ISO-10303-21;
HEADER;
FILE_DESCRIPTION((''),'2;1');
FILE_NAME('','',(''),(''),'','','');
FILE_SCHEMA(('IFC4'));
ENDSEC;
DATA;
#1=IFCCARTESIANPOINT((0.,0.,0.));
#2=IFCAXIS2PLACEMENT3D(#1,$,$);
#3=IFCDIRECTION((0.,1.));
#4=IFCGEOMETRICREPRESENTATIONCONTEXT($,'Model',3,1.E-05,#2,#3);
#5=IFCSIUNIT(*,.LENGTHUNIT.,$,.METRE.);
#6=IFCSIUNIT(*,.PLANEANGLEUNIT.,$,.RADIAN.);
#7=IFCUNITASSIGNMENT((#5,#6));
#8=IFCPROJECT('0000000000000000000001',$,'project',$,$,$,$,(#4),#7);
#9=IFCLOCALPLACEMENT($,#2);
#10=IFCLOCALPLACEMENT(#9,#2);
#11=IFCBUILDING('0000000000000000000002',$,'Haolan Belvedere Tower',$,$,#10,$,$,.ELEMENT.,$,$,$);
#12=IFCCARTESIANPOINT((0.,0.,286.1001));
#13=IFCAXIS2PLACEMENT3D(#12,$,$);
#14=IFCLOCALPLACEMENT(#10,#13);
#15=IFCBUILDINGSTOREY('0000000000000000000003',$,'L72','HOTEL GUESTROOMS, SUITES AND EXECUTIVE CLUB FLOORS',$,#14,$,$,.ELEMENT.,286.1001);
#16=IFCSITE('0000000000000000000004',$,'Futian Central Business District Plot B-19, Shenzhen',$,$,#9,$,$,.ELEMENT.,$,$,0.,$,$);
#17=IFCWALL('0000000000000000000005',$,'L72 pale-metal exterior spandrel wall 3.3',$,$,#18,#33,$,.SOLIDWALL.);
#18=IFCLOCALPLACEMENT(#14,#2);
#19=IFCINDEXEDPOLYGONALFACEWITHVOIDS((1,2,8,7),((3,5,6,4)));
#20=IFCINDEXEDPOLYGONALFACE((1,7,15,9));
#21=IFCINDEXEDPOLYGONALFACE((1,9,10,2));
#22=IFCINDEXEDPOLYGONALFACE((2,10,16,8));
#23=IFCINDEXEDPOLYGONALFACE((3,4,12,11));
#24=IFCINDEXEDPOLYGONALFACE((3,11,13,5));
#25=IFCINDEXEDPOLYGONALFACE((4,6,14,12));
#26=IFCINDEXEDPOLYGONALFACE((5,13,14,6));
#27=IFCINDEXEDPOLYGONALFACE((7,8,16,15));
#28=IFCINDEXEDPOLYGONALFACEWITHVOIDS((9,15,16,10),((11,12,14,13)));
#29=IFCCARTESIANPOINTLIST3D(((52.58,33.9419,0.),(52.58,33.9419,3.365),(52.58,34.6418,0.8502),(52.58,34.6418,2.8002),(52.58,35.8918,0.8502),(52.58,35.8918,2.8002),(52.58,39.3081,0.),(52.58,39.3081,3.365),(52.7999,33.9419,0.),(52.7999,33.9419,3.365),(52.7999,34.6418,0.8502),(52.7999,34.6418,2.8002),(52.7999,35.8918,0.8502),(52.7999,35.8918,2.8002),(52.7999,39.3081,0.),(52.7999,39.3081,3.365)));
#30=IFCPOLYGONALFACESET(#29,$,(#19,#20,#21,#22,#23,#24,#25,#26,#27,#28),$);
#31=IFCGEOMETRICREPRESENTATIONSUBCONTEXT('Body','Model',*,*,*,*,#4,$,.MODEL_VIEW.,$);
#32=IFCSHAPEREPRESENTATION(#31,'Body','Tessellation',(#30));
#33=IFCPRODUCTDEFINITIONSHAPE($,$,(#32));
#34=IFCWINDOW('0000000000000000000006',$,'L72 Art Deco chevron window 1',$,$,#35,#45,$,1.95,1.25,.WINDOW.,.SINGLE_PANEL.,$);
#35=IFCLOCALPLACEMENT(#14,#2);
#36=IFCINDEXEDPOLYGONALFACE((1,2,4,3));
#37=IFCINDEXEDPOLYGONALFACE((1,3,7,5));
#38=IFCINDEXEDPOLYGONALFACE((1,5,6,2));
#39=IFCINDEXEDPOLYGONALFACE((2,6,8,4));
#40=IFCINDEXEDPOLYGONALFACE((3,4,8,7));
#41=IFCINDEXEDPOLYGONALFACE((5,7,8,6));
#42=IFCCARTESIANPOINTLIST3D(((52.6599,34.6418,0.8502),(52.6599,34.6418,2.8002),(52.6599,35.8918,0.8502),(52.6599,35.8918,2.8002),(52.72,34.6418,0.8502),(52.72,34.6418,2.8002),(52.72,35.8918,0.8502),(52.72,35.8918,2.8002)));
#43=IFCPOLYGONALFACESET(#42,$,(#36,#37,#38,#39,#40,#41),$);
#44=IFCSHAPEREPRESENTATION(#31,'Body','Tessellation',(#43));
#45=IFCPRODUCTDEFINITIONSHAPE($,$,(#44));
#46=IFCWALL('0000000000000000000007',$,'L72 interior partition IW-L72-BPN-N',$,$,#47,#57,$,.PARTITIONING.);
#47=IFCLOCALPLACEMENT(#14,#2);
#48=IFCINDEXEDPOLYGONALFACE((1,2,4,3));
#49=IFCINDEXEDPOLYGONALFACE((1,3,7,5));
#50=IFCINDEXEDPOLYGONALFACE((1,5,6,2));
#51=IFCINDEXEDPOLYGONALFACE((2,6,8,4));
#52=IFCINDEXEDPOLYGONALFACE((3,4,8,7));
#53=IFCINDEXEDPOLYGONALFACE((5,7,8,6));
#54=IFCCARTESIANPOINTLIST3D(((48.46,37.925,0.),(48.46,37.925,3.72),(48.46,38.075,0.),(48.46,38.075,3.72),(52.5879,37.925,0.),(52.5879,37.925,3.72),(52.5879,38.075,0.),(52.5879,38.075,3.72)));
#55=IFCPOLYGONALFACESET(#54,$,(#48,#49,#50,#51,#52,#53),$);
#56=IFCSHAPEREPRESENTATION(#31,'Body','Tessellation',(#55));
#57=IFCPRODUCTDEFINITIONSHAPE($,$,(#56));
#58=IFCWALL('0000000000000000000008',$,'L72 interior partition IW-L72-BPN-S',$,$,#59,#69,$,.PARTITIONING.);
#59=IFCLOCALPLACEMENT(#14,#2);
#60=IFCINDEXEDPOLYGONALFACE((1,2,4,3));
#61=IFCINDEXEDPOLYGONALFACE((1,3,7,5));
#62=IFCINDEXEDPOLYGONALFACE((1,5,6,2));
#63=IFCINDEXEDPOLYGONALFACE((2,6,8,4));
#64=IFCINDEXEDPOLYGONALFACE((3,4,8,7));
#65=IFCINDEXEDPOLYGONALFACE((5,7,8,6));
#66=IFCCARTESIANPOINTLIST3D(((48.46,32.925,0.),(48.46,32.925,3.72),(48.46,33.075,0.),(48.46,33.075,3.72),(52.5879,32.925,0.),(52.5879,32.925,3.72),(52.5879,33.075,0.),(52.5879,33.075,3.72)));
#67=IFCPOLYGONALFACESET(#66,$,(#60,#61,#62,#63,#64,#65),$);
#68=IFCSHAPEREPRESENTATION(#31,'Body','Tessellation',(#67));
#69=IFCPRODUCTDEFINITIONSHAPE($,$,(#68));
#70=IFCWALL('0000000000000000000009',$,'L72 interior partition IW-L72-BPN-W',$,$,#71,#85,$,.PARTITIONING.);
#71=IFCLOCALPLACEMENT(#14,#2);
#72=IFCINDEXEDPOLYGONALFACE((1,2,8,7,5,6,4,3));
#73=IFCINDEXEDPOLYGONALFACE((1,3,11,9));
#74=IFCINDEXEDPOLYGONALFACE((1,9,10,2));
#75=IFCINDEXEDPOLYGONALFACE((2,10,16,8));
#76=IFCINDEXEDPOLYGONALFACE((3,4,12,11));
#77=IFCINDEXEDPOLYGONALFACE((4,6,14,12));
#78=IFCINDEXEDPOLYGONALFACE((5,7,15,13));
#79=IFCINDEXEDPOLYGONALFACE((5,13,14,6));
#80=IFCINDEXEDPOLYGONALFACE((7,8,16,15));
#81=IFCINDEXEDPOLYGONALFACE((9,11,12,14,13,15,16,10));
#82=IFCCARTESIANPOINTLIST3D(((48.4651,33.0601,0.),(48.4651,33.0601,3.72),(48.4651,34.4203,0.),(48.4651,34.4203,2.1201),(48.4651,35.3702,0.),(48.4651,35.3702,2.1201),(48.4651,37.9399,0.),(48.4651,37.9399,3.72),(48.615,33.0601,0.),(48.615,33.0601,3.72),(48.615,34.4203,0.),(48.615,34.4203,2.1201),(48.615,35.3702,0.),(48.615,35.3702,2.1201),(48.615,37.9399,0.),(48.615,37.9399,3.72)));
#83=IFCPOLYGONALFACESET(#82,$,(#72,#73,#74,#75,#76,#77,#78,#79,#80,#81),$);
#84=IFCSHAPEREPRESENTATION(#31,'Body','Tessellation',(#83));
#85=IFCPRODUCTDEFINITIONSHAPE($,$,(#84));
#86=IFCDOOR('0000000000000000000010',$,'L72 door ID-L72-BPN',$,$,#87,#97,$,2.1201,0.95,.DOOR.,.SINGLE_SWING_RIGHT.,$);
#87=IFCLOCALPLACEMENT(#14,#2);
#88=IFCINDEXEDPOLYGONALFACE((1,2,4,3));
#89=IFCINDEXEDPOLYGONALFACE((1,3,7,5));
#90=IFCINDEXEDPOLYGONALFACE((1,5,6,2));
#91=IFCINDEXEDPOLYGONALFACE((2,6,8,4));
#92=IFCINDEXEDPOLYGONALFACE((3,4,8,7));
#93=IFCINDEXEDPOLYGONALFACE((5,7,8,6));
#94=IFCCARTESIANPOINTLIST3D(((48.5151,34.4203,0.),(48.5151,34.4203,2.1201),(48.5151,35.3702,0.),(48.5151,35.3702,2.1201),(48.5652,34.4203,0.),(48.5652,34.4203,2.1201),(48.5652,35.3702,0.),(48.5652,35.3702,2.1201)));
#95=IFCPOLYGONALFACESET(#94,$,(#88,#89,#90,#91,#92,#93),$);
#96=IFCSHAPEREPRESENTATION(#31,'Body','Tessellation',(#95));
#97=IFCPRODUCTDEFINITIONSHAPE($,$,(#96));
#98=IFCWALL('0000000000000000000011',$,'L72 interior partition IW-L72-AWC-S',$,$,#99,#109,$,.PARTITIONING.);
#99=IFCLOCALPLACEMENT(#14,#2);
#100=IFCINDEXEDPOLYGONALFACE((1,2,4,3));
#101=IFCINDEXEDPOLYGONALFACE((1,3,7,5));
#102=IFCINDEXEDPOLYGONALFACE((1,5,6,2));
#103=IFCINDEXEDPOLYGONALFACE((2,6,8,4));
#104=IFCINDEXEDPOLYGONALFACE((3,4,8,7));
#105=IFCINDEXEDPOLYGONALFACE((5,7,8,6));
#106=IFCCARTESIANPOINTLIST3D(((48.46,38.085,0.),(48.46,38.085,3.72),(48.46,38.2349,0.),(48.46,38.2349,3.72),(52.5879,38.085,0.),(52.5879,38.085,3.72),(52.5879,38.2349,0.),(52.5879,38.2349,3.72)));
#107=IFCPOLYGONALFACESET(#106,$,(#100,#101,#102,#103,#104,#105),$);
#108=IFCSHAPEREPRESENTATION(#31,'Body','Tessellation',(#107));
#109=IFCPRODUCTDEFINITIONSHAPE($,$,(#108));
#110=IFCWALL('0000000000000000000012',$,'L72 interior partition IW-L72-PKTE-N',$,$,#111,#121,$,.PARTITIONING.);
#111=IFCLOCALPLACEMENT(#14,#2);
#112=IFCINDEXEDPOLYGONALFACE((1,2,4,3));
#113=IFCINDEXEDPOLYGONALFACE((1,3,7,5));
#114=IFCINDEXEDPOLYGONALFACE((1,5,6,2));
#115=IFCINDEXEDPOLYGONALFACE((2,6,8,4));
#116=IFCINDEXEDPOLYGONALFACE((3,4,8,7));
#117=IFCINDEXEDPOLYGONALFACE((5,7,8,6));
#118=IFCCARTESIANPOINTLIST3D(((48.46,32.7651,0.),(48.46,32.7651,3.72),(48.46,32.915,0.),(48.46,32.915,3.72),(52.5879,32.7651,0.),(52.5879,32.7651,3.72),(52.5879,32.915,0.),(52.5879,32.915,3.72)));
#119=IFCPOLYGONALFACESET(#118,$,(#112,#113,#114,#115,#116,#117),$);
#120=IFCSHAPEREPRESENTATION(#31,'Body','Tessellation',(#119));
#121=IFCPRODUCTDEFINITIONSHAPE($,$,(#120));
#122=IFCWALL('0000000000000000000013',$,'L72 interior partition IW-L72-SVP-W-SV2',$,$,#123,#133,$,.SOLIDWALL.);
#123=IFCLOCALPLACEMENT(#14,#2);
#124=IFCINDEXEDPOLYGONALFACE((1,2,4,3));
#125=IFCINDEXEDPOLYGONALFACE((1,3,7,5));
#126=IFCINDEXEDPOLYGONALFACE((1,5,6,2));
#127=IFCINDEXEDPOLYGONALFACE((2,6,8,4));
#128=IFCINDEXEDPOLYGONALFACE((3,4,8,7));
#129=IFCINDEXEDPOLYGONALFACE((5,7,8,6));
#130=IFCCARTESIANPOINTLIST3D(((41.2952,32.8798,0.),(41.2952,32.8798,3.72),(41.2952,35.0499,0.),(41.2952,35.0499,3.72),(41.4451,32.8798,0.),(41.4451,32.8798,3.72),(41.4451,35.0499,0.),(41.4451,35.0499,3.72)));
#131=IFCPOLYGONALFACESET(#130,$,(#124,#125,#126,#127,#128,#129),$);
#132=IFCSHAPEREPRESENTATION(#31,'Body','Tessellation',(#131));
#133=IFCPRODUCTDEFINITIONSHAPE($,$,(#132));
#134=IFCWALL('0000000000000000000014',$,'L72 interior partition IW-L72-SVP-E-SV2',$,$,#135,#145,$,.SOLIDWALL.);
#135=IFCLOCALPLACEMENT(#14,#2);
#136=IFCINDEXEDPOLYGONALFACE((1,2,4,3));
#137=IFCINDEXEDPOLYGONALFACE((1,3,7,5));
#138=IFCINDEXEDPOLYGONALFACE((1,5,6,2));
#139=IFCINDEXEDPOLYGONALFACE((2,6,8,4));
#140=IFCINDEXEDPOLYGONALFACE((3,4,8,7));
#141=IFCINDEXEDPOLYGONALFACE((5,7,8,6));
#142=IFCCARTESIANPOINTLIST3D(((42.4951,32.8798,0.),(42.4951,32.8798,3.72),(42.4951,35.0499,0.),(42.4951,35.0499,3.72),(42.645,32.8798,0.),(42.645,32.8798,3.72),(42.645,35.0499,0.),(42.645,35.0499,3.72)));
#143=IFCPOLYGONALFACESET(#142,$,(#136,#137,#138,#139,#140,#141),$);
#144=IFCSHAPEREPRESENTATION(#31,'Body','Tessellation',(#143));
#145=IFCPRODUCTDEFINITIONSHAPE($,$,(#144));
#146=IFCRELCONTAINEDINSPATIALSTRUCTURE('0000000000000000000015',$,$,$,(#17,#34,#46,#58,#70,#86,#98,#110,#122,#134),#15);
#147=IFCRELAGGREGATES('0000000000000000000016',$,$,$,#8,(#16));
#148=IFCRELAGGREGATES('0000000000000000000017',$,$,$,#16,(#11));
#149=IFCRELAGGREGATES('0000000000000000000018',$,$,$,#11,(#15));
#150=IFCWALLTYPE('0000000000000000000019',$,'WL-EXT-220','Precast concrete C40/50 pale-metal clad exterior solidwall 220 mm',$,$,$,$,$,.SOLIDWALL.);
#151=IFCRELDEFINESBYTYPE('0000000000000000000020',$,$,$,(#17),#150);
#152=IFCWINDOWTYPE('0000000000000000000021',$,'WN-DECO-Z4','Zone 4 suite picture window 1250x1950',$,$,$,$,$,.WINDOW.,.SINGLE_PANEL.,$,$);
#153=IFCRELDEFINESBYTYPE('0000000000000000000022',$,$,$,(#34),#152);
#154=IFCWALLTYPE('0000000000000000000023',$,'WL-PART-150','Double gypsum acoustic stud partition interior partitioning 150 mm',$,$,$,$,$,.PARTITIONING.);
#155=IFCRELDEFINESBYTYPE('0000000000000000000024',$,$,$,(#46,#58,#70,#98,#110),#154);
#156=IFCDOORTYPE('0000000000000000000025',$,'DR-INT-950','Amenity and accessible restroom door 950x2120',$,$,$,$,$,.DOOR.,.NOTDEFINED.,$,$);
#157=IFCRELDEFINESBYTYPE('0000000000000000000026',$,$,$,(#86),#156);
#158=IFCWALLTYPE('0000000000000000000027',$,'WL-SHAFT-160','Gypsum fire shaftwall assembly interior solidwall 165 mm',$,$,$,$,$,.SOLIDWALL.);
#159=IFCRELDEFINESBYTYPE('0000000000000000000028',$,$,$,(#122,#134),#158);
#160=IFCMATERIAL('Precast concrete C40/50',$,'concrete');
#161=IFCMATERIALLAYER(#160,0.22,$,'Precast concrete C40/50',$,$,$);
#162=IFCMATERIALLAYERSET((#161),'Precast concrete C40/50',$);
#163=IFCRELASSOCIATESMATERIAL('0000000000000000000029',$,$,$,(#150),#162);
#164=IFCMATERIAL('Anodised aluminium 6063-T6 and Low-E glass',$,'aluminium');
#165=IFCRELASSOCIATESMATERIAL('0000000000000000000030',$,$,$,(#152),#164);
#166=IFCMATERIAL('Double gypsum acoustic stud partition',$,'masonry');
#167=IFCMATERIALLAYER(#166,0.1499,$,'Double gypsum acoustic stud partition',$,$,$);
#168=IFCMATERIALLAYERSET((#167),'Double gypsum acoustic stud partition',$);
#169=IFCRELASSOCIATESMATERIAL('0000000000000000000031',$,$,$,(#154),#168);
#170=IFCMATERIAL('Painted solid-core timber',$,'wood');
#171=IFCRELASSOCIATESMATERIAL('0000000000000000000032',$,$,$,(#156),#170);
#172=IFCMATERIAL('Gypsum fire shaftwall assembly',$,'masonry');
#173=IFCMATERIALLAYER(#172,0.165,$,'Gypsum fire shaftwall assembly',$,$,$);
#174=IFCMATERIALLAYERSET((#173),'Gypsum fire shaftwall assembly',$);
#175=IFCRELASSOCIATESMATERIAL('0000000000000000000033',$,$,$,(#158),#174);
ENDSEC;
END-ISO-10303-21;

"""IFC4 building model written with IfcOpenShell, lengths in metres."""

from ifc_helpers import new_model, si_unit, direction, frame, frame_2d, origin, place, context, subcontext, project, spatial, rectangle, extrude, material, layer, layer_set, type_object, element, fill, save


model = new_model("IFC4")

# Units and contexts
model_context = context("Model", 3, precision=1e-05, world=origin(), true_north=direction((0.0, 1.0)))
body_context = subcontext(model_context, "Body", "Model", "MODEL_VIEW")
ifc_project = project(units=[si_unit("LENGTHUNIT", "METRE"), si_unit("PLANEANGLEUNIT", "RADIAN")], contexts=[model_context])

# Site, building, storey
site_placement = place(None, origin())
site = spatial("IfcSite", under=ifc_project, at=site_placement, Name="Futian Central Business District Plot B-19, Shenzhen", CompositionType="ELEMENT", RefElevation=0.0)
building_placement = place(site_placement, origin())
building = spatial("IfcBuilding", under=site, at=building_placement, Name="Haolan Belvedere Tower", CompositionType="ELEMENT")
storey_placement = place(building_placement, frame((0.0, 0.0, 286.1001)))
storey = spatial("IfcBuildingStorey", under=building, at=storey_placement, Name="L72", Description="HOTEL GUESTROOMS, SUITES AND EXECUTIVE CLUB FLOORS", CompositionType="ELEMENT", Elevation=286.1001)

# Wall, opening, window
ifc_material_1 = material(Name="Precast concrete C40/50", Category="concrete")
ifc_layer_1 = layer(ifc_material_1, 0.22, Name="Precast concrete C40/50")
ifc_layer_set_1 = layer_set([ifc_layer_1], Name="Precast concrete C40/50")
wall_type_1 = type_object("IfcWallType", Name="WL-EXT-220", Description="Precast concrete C40/50 pale-metal clad exterior solidwall 220 mm", PredefinedType="SOLIDWALL", material=ifc_layer_set_1)
wall_1_placement = place(storey_placement, frame((52.6899, 33.9419, 0.0), z_axis=(0.0, 0.0, 1.0), x_axis=(0.0, 1.0, 0.0)))
wall_1 = element("IfcWall", 1, at=wall_1_placement, inside=storey, type_object=wall_type_1, Name="L72 pale-metal exterior spandrel wall 3.3", PredefinedType="SOLIDWALL", context=body_context, shape_type="SweptSolid", body=[
    extrude(rectangle(XDim=5.3662, YDim=0.22, at=frame_2d((2.6831, 0.0))), origin(), (0.0, 0.0, 1.0), 3.365),
])
opening_1_placement = place(wall_1_placement, frame((0.7, 0.0, 0.8501)))
opening_1 = element("IfcOpeningElement", 2, at=opening_1_placement, cuts=wall_1, PredefinedType="OPENING", context=body_context, shape_type="SweptSolid", body=[
    extrude(rectangle(XDim=1.25, YDim=1.95, at=frame_2d((0.625, 0.9751))), frame((0.0, 0.1199, 0.0), z_axis=(0.0, -1.0, 0.0), x_axis=(1.0, 0.0, 0.0)), (0.0, 0.0, 1.0), 0.24),
])
ifc_material_2 = material(Name="Anodised aluminium 6063-T6 and Low-E glass", Category="aluminium")
window_type = type_object("IfcWindowType", Name="WN-DECO-Z4", Description="Zone 4 suite picture window 1250x1950", PartitioningType="SINGLE_PANEL", PredefinedType="WINDOW", material=ifc_material_2)
window_placement = place(opening_1_placement, origin())
window = element("IfcWindow", 3, at=window_placement, inside=storey, type_object=window_type, Name="L72 Art Deco chevron window 1", OverallHeight=1.95, OverallWidth=1.25, PartitioningType="SINGLE_PANEL", PredefinedType="WINDOW", context=body_context, shape_type="SweptSolid", body=[
    extrude(rectangle(XDim=1.25, YDim=1.95, at=frame_2d((0.625, 0.9751))), frame((0.0, 0.03, 0.0), z_axis=(0.0, -1.0, 0.0), x_axis=(1.0, 0.0, 0.0)), (0.0, 0.0, 1.0), 0.0601),
])
fill(opening_1, window)

# Walls
ifc_material_3 = material(Name="Double gypsum acoustic stud partition", Category="masonry")
ifc_layer_2 = layer(ifc_material_3, 0.1499, Name="Double gypsum acoustic stud partition")
ifc_layer_set_2 = layer_set([ifc_layer_2], Name="Double gypsum acoustic stud partition")
wall_type_2 = type_object("IfcWallType", Name="WL-PART-150", Description="Double gypsum acoustic stud partition interior partitioning 150 mm", PredefinedType="PARTITIONING", material=ifc_layer_set_2)
for number, where, z_axis, x_axis, name in (
    (4, (48.46, 38.0, 0.0), (0.0, 0.0, 1.0), (1.0, 0.0, 0.0), "L72 interior partition IW-L72-BPN-N"),
    (5, (48.46, 33.0, 0.0), (0.0, 0.0, 1.0), (1.0, 0.0, 0.0), "L72 interior partition IW-L72-BPN-S"),
):
    element("IfcWall", number, at=place(storey_placement, frame(where, z_axis=z_axis, x_axis=x_axis)), inside=storey, type_object=wall_type_2, Name=name, PredefinedType="PARTITIONING", context=body_context, shape_type="SweptSolid", body=[
        extrude(rectangle(XDim=4.1279, YDim=0.1499, at=frame_2d((2.064, 0.0))), origin(), (0.0, 0.0, 1.0), 3.72),
    ])

# Wall, opening, door
wall_2_placement = place(storey_placement, frame((48.54, 33.0601, 0.0), z_axis=(0.0, 0.0, 1.0), x_axis=(0.0, 1.0, 0.0)))
wall_2 = element("IfcWall", 6, at=wall_2_placement, inside=storey, type_object=wall_type_2, Name="L72 interior partition IW-L72-BPN-W", PredefinedType="PARTITIONING", context=body_context, shape_type="SweptSolid", body=[
    extrude(rectangle(XDim=4.8799, YDim=0.1499, at=frame_2d((2.4399, 0.0))), origin(), (0.0, 0.0, 1.0), 3.72),
])
opening_2_placement = place(wall_2_placement, frame((1.3601, 0.0, 0.0)))
opening_2 = element("IfcOpeningElement", 7, at=opening_2_placement, cuts=wall_2, PredefinedType="OPENING", context=body_context, shape_type="SweptSolid", body=[
    extrude(rectangle(XDim=0.95, YDim=2.1201, at=frame_2d((0.4751, 1.0601))), frame((0.0, 0.085, 0.0), z_axis=(0.0, -1.0, 0.0), x_axis=(1.0, 0.0, 0.0)), (0.0, 0.0, 1.0), 0.1699),
])
ifc_material_4 = material(Name="Painted solid-core timber", Category="wood")
door_type_1 = type_object("IfcDoorType", Name="DR-INT-950", Description="Amenity and accessible restroom door 950x2120", OperationType="NOTDEFINED", PredefinedType="DOOR", material=ifc_material_4)
door_1_placement = place(opening_2_placement, origin())
door_1 = element("IfcDoor", 8, at=door_1_placement, inside=storey, type_object=door_type_1, Name="L72 door ID-L72-BPN", OperationType="SINGLE_SWING_RIGHT", OverallHeight=2.1201, OverallWidth=0.95, PredefinedType="DOOR", context=body_context, shape_type="SweptSolid", body=[
    extrude(rectangle(XDim=0.95, YDim=2.1201, at=frame_2d((0.4751, 1.0601))), frame((0.0, 0.0249, 0.0), z_axis=(0.0, -1.0, 0.0), x_axis=(1.0, 0.0, 0.0)), (0.0, 0.0, 1.0), 0.05),
])
fill(opening_2, door_1)

# Wall
wall_3_placement = place(storey_placement, frame((48.46, 38.1599, 0.0), z_axis=(0.0, 0.0, 1.0), x_axis=(1.0, 0.0, 0.0)))
element("IfcWall", 9, at=wall_3_placement, inside=storey, type_object=wall_type_2, Name="L72 interior partition IW-L72-AWC-S", PredefinedType="PARTITIONING", context=body_context, shape_type="SweptSolid", body=[
    extrude(rectangle(XDim=4.1279, YDim=0.1499, at=frame_2d((2.064, 0.0))), origin(), (0.0, 0.0, 1.0), 3.72),
])

# Walls
wall_4_placement = place(storey_placement, frame((48.46, 32.8401, 0.0), z_axis=(0.0, 0.0, 1.0), x_axis=(1.0, 0.0, 0.0)))
element("IfcWall", 10, at=wall_4_placement, inside=storey, type_object=wall_type_2, Name="L72 interior partition IW-L72-PKTE-N", PredefinedType="PARTITIONING", context=body_context, shape_type="SweptSolid", body=[
    extrude(rectangle(XDim=4.1279, YDim=0.1499, at=frame_2d((2.064, 0.0))), origin(), (0.0, 0.0, 1.0), 3.72),
])
ifc_material_5 = material(Name="Gypsum fire shaftwall assembly", Category="masonry")
ifc_layer_3 = layer(ifc_material_5, 0.165, Name="Gypsum fire shaftwall assembly")
ifc_layer_set_3 = layer_set([ifc_layer_3], Name="Gypsum fire shaftwall assembly")
wall_type_3 = type_object("IfcWallType", Name="WL-SHAFT-160", Description="Gypsum fire shaftwall assembly interior solidwall 165 mm", PredefinedType="SOLIDWALL", material=ifc_layer_set_3)
for number, where, z_axis, x_axis, name in (
    (11, (41.3701, 32.8799, 0.0), (0.0, 0.0, 1.0), (0.0, 1.0, 0.0), "L72 interior partition IW-L72-SVP-W-SV2"),
    (12, (42.5701, 32.8799, 0.0), (0.0, 0.0, 1.0), (0.0, 1.0, 0.0), "L72 interior partition IW-L72-SVP-E-SV2"),
):
    element("IfcWall", number, at=place(storey_placement, frame(where, z_axis=z_axis, x_axis=x_axis)), inside=storey, type_object=wall_type_3, Name=name, PredefinedType="SOLIDWALL", context=body_context, shape_type="SweptSolid", body=[
        extrude(rectangle(XDim=2.1702, YDim=0.1499, at=frame_2d((1.085, 0.0))), origin(), (0.0, 0.0, 1.0), 3.72),
    ])

save(model, "model.ifc")
